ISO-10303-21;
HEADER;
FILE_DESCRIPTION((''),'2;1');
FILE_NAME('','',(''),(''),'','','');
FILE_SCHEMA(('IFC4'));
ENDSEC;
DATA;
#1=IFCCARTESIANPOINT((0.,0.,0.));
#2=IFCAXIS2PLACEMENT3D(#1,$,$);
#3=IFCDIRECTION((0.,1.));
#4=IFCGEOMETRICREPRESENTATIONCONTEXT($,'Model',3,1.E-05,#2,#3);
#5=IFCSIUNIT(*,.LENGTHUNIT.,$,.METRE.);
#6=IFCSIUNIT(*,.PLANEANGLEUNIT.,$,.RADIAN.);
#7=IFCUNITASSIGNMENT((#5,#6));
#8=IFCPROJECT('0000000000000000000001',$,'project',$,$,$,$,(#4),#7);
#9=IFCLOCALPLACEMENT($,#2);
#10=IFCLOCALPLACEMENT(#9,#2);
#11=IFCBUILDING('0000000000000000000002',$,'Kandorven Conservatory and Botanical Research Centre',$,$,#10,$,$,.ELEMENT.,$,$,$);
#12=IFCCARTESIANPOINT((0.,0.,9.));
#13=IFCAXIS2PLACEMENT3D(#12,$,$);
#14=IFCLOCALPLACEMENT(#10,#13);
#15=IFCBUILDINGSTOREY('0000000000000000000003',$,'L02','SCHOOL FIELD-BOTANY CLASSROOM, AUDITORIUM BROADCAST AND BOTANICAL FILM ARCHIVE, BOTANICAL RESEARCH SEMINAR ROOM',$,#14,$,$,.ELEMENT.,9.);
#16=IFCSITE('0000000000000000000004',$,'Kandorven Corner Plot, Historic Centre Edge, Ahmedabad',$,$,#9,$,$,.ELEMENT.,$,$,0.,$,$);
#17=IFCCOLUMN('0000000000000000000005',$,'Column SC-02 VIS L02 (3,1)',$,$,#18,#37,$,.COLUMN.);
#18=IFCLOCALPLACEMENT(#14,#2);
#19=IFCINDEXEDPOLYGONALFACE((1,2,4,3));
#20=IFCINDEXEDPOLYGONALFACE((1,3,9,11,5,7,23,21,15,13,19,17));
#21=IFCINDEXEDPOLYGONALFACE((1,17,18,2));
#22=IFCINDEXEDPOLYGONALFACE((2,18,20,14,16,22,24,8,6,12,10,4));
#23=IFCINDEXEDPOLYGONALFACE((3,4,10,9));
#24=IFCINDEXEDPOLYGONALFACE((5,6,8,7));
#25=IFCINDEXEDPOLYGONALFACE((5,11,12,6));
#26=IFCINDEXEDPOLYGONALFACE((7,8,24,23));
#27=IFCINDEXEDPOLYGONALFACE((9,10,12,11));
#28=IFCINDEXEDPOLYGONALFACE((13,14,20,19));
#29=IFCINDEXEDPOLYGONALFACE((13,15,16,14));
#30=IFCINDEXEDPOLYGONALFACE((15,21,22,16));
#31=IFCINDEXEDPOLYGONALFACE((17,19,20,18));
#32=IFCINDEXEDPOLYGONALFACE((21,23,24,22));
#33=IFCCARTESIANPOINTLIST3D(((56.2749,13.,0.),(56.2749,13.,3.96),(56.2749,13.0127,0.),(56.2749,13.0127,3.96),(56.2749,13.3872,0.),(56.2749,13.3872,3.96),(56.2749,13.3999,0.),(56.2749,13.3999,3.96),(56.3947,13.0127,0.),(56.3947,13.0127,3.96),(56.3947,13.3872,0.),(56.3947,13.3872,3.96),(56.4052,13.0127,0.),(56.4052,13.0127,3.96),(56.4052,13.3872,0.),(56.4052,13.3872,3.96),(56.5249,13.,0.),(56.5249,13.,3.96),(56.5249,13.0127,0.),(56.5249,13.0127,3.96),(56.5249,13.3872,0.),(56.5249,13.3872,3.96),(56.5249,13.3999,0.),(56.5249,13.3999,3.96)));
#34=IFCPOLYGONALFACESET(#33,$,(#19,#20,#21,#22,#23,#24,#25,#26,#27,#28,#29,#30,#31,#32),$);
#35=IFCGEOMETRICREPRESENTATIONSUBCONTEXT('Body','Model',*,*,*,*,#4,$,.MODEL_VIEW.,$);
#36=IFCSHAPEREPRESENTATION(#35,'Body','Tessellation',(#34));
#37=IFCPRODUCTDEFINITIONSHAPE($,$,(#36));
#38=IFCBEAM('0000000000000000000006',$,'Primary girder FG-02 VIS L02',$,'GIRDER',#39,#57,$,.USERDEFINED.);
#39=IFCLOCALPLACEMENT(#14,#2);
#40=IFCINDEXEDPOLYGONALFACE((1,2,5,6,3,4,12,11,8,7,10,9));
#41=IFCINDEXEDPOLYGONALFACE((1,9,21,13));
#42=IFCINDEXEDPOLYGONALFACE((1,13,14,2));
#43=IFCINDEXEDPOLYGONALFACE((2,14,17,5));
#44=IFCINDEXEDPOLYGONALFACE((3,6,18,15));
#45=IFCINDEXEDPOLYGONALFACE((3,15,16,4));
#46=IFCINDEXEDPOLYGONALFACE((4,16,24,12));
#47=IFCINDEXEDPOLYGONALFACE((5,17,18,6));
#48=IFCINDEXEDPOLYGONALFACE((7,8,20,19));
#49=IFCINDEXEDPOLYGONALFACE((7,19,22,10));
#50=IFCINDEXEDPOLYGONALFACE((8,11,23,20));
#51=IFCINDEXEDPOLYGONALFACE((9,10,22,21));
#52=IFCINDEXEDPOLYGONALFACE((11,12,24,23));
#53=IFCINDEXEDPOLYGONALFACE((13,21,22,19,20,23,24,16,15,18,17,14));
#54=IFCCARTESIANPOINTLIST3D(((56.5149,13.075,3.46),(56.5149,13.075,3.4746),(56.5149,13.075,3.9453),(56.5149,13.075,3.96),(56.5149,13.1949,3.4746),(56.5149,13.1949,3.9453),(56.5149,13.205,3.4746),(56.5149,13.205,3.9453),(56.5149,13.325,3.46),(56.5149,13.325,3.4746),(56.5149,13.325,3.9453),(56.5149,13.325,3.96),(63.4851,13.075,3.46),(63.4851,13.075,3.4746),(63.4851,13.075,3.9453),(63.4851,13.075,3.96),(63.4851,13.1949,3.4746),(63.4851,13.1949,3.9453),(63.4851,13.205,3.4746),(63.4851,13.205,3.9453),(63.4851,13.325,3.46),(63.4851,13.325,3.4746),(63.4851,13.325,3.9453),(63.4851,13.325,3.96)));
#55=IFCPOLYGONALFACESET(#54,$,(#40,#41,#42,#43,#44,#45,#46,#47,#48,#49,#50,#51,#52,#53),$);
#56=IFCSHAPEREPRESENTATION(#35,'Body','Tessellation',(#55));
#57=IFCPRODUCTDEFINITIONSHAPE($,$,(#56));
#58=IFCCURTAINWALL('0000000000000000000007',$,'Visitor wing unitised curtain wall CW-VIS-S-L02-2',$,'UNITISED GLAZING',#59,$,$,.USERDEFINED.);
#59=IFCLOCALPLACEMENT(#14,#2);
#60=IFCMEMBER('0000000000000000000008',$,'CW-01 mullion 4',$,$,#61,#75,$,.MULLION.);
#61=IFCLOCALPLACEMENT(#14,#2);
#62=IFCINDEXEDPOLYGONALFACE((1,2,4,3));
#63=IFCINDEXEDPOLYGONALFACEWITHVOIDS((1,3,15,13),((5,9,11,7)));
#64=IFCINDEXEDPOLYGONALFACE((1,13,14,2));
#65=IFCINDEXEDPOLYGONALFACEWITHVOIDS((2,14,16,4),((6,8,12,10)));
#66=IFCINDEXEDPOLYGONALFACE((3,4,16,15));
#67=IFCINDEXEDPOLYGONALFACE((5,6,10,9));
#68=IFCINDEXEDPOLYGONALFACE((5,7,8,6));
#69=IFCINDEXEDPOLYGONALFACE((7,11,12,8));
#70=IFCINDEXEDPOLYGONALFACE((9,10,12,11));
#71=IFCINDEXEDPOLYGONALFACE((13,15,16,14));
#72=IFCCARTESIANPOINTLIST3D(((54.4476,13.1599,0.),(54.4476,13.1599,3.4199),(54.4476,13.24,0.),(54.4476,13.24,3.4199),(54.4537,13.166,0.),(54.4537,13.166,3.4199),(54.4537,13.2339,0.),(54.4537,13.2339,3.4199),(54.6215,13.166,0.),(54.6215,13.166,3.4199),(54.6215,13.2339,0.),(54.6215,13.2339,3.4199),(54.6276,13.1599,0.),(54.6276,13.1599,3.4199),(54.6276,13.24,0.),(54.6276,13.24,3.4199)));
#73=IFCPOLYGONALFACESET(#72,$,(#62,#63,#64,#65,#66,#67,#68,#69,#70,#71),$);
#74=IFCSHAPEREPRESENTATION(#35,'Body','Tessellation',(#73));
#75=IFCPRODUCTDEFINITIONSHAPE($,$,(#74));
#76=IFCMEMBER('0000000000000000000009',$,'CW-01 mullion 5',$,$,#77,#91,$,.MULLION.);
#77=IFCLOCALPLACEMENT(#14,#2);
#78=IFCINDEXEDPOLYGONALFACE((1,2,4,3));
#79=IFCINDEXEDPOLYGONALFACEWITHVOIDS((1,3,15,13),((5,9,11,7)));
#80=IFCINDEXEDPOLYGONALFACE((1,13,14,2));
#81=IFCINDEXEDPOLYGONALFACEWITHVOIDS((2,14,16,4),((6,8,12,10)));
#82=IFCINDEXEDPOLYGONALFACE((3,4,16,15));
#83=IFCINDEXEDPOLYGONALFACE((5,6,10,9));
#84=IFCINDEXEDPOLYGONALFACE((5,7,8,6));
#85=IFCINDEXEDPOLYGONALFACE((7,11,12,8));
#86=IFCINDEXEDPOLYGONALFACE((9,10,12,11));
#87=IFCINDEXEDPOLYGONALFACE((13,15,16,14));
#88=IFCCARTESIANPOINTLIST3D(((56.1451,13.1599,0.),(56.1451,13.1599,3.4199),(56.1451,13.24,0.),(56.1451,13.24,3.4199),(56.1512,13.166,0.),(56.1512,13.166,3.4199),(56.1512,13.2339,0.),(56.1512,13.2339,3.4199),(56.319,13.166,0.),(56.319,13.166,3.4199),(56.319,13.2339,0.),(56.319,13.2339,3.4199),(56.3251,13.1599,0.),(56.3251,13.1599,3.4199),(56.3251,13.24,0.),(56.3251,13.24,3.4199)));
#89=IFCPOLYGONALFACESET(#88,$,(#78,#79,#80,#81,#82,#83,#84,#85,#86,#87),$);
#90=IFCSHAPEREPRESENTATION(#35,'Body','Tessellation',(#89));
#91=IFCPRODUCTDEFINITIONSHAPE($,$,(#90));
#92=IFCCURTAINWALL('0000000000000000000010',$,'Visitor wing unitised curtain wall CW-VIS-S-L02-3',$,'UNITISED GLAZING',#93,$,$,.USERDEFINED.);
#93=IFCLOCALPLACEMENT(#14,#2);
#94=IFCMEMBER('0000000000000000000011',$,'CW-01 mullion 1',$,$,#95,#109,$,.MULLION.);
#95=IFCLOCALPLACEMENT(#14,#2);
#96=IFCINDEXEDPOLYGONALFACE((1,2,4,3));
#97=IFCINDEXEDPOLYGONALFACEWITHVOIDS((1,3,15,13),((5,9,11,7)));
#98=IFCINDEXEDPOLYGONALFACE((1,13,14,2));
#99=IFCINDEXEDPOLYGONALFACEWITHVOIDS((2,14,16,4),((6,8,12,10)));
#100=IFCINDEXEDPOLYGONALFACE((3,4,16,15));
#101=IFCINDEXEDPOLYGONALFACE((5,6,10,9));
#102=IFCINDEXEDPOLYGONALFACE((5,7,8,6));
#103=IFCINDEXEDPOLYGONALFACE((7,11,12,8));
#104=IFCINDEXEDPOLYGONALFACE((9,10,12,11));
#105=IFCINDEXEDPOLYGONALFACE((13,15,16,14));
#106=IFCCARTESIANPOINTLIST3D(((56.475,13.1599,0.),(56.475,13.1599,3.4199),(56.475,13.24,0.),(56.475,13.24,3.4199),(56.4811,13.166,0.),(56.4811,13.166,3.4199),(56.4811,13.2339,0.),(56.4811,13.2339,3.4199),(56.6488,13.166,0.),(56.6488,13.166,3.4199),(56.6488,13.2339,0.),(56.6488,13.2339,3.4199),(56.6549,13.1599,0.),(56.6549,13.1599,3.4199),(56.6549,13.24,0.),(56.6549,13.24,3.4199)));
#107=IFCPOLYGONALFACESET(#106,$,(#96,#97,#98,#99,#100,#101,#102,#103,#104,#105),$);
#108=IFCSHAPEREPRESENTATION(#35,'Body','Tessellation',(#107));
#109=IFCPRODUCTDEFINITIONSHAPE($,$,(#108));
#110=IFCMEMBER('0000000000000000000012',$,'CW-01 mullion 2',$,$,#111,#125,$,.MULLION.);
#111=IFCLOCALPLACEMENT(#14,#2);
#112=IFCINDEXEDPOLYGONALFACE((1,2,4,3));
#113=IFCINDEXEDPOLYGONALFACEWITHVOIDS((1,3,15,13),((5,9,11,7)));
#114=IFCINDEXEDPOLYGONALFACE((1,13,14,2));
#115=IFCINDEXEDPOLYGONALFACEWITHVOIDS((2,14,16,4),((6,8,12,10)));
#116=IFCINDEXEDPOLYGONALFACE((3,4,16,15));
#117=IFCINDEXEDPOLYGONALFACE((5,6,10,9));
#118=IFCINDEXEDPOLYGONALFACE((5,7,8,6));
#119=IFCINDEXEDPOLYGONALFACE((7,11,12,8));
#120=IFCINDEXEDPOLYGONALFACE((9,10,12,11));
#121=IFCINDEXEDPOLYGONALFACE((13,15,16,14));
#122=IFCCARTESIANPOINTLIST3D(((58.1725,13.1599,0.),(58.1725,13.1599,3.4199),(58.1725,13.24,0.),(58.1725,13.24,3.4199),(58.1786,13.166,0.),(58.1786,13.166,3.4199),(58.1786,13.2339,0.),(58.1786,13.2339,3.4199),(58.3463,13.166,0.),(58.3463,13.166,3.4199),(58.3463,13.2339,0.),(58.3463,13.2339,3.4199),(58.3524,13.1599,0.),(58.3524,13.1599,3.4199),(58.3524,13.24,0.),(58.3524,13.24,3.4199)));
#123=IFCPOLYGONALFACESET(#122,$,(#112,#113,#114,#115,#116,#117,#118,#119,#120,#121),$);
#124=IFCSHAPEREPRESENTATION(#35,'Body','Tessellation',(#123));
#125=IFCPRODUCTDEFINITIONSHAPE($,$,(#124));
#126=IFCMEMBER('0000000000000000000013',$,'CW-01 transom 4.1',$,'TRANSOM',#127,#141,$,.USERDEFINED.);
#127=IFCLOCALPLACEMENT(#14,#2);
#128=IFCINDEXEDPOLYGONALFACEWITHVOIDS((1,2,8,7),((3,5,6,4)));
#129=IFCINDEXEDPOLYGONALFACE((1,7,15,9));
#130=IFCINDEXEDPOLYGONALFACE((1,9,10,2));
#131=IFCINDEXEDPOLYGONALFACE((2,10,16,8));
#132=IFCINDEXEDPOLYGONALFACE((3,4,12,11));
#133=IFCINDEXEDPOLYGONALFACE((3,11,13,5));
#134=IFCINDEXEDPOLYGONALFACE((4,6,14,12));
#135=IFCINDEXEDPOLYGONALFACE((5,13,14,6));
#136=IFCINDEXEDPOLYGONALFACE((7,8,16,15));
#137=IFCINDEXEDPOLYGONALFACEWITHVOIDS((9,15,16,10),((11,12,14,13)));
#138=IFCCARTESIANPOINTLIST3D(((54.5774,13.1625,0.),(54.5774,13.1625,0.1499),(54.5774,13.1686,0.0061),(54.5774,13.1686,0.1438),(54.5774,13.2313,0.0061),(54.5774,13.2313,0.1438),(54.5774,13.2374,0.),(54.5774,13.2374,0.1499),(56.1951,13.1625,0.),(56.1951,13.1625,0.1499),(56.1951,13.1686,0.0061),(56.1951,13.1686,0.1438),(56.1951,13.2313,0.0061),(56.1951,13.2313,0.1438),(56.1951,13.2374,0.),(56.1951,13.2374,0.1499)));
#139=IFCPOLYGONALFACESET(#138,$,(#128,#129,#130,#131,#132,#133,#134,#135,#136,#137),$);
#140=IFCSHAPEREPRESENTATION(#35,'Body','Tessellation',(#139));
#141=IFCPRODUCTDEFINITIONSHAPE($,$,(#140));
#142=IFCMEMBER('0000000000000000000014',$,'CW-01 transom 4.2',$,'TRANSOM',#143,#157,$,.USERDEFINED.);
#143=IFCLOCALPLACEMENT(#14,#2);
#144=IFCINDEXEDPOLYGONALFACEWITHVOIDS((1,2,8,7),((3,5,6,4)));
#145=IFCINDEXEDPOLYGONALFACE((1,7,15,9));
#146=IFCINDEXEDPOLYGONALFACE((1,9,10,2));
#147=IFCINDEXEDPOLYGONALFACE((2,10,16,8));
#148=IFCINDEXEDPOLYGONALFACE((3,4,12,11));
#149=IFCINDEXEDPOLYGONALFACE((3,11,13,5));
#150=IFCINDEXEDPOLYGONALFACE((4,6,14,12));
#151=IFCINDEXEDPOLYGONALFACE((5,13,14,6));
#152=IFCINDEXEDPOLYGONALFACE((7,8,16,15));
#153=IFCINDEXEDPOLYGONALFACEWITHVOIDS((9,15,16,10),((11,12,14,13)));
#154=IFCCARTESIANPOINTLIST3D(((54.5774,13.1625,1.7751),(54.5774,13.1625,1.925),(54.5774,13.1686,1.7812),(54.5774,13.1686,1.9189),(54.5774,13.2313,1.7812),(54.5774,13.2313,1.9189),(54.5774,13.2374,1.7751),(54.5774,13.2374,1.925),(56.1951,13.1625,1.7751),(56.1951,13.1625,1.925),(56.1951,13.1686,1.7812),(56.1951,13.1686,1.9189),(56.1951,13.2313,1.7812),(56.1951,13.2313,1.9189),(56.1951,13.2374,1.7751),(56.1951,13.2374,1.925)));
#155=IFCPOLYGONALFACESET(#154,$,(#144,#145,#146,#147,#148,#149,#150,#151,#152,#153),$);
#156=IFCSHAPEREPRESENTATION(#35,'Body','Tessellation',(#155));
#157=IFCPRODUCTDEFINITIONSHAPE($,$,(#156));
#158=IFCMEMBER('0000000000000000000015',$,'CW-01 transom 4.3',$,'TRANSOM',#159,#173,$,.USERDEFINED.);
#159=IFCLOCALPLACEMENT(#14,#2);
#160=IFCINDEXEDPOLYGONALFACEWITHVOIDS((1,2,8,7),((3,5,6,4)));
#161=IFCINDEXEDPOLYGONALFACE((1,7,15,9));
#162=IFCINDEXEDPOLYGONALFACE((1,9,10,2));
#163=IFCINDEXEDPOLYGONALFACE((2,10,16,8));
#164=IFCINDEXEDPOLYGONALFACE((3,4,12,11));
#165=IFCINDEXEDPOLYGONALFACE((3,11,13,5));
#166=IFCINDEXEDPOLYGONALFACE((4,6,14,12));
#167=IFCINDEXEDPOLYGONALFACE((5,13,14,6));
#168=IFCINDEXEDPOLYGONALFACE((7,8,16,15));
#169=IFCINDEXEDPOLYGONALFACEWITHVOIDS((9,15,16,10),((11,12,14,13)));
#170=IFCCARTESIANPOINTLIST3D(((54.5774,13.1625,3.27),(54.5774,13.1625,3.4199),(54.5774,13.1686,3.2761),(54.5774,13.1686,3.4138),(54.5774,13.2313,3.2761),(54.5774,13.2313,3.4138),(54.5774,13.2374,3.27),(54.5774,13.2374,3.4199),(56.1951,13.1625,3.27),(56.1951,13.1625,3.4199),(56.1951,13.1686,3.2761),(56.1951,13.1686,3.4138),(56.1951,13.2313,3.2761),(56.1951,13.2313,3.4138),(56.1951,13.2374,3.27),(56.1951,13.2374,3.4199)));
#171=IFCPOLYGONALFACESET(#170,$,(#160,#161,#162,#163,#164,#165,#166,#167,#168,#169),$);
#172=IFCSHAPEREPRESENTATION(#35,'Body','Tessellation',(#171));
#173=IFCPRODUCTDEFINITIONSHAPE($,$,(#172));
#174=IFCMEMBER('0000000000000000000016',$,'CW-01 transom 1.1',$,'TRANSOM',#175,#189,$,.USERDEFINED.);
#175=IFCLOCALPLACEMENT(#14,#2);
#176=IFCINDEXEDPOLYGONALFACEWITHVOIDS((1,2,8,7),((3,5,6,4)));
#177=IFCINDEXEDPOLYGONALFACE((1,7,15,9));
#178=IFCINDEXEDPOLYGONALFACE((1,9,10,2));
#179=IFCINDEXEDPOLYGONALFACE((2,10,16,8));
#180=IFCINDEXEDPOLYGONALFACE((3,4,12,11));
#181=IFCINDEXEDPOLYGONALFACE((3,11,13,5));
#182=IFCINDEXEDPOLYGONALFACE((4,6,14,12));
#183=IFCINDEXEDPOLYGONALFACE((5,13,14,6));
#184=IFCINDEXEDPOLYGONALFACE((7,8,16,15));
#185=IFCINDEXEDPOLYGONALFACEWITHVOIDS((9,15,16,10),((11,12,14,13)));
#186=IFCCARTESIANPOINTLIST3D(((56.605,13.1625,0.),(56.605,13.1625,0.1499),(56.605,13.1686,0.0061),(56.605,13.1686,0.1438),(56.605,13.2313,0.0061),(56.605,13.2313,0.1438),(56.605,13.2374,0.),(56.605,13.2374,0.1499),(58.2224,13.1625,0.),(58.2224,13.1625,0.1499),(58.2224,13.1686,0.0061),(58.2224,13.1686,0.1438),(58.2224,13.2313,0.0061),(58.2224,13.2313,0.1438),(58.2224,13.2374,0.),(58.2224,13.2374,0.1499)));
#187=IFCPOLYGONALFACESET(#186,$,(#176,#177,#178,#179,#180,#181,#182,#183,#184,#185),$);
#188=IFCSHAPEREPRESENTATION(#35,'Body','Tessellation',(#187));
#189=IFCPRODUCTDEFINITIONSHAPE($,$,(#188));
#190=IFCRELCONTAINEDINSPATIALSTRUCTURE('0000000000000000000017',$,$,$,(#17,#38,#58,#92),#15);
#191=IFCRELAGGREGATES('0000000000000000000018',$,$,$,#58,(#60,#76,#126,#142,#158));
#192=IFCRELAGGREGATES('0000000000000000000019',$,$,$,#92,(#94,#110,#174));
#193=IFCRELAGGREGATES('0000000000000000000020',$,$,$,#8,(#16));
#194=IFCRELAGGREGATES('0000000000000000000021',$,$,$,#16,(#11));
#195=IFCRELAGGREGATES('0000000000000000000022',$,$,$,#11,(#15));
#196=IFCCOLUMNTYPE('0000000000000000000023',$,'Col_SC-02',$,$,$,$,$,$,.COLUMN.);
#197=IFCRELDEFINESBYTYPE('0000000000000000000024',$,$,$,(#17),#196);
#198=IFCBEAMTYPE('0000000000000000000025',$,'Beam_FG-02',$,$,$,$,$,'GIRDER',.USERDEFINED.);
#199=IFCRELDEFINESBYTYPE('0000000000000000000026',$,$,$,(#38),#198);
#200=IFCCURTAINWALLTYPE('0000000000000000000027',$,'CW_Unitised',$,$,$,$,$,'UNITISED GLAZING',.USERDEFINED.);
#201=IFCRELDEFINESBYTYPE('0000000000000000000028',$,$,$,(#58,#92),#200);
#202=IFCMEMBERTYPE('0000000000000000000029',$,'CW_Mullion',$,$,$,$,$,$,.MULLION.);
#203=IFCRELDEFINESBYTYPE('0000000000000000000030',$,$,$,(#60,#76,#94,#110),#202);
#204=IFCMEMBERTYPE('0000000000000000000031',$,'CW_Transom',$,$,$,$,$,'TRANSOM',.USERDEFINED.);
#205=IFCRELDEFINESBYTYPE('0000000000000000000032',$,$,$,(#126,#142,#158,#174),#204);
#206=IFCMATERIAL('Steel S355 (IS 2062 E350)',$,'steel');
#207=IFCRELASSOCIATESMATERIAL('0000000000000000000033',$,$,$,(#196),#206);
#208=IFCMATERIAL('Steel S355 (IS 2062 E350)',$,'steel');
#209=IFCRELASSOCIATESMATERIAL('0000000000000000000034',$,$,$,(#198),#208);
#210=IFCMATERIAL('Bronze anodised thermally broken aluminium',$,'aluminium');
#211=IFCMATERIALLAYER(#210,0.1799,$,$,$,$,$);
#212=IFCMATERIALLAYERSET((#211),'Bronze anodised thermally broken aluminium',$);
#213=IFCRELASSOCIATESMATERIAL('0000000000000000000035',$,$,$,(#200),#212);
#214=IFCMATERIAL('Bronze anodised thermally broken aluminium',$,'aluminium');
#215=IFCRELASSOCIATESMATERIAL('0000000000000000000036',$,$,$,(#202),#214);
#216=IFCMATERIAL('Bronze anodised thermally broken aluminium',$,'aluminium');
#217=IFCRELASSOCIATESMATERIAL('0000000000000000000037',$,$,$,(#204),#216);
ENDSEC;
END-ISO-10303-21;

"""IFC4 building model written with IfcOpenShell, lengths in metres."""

from ifc_helpers import new_model, si_unit, direction, frame, origin, origin_2d, place, context, subcontext, project, spatial, hollow_rectangle, i_section, extrude, material, layer, layer_set, material_profile, profile_set, type_object, element, aggregate, save


model = new_model("IFC4")

# Units and contexts
model_context = context("Model", 3, precision=1e-05, world=origin(), true_north=direction((0.0, 1.0)))
body_context = subcontext(model_context, "Body", "Model", "MODEL_VIEW")
ifc_project = project(units=[si_unit("LENGTHUNIT", "METRE"), si_unit("PLANEANGLEUNIT", "RADIAN")], contexts=[model_context])

# Site, building, storey
site_placement = place(None, origin())
site = spatial("IfcSite", under=ifc_project, at=site_placement, Name="Kandorven Corner Plot, Historic Centre Edge, Ahmedabad", CompositionType="ELEMENT", RefElevation=0.0)
building_placement = place(site_placement, origin())
building = spatial("IfcBuilding", under=site, at=building_placement, Name="Kandorven Conservatory and Botanical Research Centre", CompositionType="ELEMENT")
storey_placement = place(building_placement, frame((0.0, 0.0, 9.0)))
storey = spatial("IfcBuildingStorey", under=building, at=storey_placement, Name="L02", Description="SCHOOL FIELD-BOTANY CLASSROOM, AUDITORIUM BROADCAST AND BOTANICAL FILM ARCHIVE, BOTANICAL RESEARCH SEMINAR ROOM", CompositionType="ELEMENT", Elevation=9.0)

# Column
ifc_material_1 = material(Name="Steel S355 (IS 2062 E350)", Category="steel")
ifc_material_profile_1 = material_profile(ifc_material_1, i_section(OverallWidth=0.25, OverallDepth=0.3999, WebThickness=0.0105, FlangeThickness=0.0127, at=origin_2d()))
ifc_profile_set_1 = profile_set([ifc_material_profile_1], Name="Steel S355 (IS 2062 E350)")
column_type = type_object("IfcColumnType", Name="Col_SC-02", PredefinedType="COLUMN", material=ifc_profile_set_1)
column_placement = place(storey_placement, frame((56.3999, 13.2, 0.0), z_axis=(0.0, 0.0, 1.0), x_axis=(1.0, 0.0, 0.0)))
element("IfcColumn", 1, at=column_placement, inside=storey, type_object=column_type, Name="Column SC-02 VIS L02 (3,1)", PredefinedType="COLUMN", context=body_context, shape_type="SweptSolid", body=[
    extrude(i_section(OverallWidth=0.25, OverallDepth=0.3999, WebThickness=0.0105, FlangeThickness=0.0127, at=origin_2d()), origin(), (0.0, 0.0, 1.0), 3.96),
])

# Beam
ifc_material_2 = material(Name="Steel S355 (IS 2062 E350)", Category="steel")
ifc_material_profile_2 = material_profile(ifc_material_2, i_section(OverallWidth=0.25, OverallDepth=0.5, WebThickness=0.01, FlangeThickness=0.0146, at=origin_2d()))
ifc_profile_set_2 = profile_set([ifc_material_profile_2], Name="Steel S355 (IS 2062 E350)")
beam_type = type_object("IfcBeamType", Name="Beam_FG-02", ElementType="GIRDER", PredefinedType="USERDEFINED", material=ifc_profile_set_2)
beam_placement = place(storey_placement, frame((56.5149, 13.2, 3.71), z_axis=(1.0, 0.0, 0.0), x_axis=(0.0, 1.0, 0.0)))
element("IfcBeam", 2, at=beam_placement, inside=storey, type_object=beam_type, Name="Primary girder FG-02 VIS L02", ObjectType="GIRDER", PredefinedType="USERDEFINED", context=body_context, shape_type="SweptSolid", body=[
    extrude(i_section(OverallWidth=0.25, OverallDepth=0.5, WebThickness=0.01, FlangeThickness=0.0146, at=origin_2d()), origin(), (0.0, 0.0, 1.0), 6.9702),
])

# Curtain walls, members
ifc_material_3 = material(Name="Bronze anodised thermally broken aluminium", Category="aluminium")
ifc_layer_1 = layer(ifc_material_3, 0.1799)
ifc_layer_set_1 = layer_set([ifc_layer_1], Name="Bronze anodised thermally broken aluminium")
curtain_wall_type = type_object("IfcCurtainWallType", Name="CW_Unitised", ElementType="UNITISED GLAZING", PredefinedType="USERDEFINED", material=ifc_layer_set_1)
curtain_wall_1_placement = place(storey_placement, origin())
curtain_wall_1 = element("IfcCurtainWall", 3, at=curtain_wall_1_placement, inside=storey, type_object=curtain_wall_type, Name="Visitor wing unitised curtain wall CW-VIS-S-L02-2", ObjectType="UNITISED GLAZING", PredefinedType="USERDEFINED")
ifc_material_4 = material(Name="Bronze anodised thermally broken aluminium", Category="aluminium")
ifc_material_profile_3 = material_profile(ifc_material_4, hollow_rectangle(XDim=0.0801, YDim=0.1799, WallThickness=0.0061, at=origin_2d()))
ifc_profile_set_3 = profile_set([ifc_material_profile_3], Name="Bronze anodised thermally broken aluminium")
member_type_1 = type_object("IfcMemberType", Name="CW_Mullion", PredefinedType="MULLION", material=ifc_profile_set_3)
member_1_placement = place(storey_placement, frame((54.5376, 13.2, 0.0), z_axis=(0.0, 0.0, 1.0), x_axis=(0.0, 1.0, 0.0)))
member_1 = element("IfcMember", 4, at=member_1_placement, type_object=member_type_1, Name="CW-01 mullion 4", PredefinedType="MULLION", context=body_context, shape_type="SweptSolid", body=[
    extrude(hollow_rectangle(XDim=0.0801, YDim=0.1799, WallThickness=0.0061, at=origin_2d()), origin(), (0.0, 0.0, 1.0), 3.4199),
])
member_2_placement = place(storey_placement, frame((56.2351, 13.2, 0.0), z_axis=(0.0, 0.0, 1.0), x_axis=(0.0, 1.0, 0.0)))
member_2 = element("IfcMember", 5, at=member_2_placement, type_object=member_type_1, Name="CW-01 mullion 5", PredefinedType="MULLION", context=body_context, shape_type="SweptSolid", body=[
    extrude(hollow_rectangle(XDim=0.0801, YDim=0.1799, WallThickness=0.0061, at=origin_2d()), origin(), (0.0, 0.0, 1.0), 3.4199),
])
curtain_wall_2_placement = place(storey_placement, origin())
curtain_wall_2 = element("IfcCurtainWall", 6, at=curtain_wall_2_placement, inside=storey, type_object=curtain_wall_type, Name="Visitor wing unitised curtain wall CW-VIS-S-L02-3", ObjectType="UNITISED GLAZING", PredefinedType="USERDEFINED")
member_3_placement = place(storey_placement, frame((56.5649, 13.2, 0.0), z_axis=(0.0, 0.0, 1.0), x_axis=(0.0, 1.0, 0.0)))
member_3 = element("IfcMember", 7, at=member_3_placement, type_object=member_type_1, Name="CW-01 mullion 1", PredefinedType="MULLION", context=body_context, shape_type="SweptSolid", body=[
    extrude(hollow_rectangle(XDim=0.0801, YDim=0.1799, WallThickness=0.0061, at=origin_2d()), origin(), (0.0, 0.0, 1.0), 3.4199),
])
member_4_placement = place(storey_placement, frame((58.2625, 13.2, 0.0), z_axis=(0.0, 0.0, 1.0), x_axis=(0.0, 1.0, 0.0)))
member_4 = element("IfcMember", 8, at=member_4_placement, type_object=member_type_1, Name="CW-01 mullion 2", PredefinedType="MULLION", context=body_context, shape_type="SweptSolid", body=[
    extrude(hollow_rectangle(XDim=0.0801, YDim=0.1799, WallThickness=0.0061, at=origin_2d()), origin(), (0.0, 0.0, 1.0), 3.4199),
])

# Members
ifc_material_5 = material(Name="Bronze anodised thermally broken aluminium", Category="aluminium")
ifc_material_profile_4 = material_profile(ifc_material_5, hollow_rectangle(XDim=0.075, YDim=0.1499, WallThickness=0.0061, at=origin_2d()))
ifc_profile_set_4 = profile_set([ifc_material_profile_4], Name="Bronze anodised thermally broken aluminium")
member_type_2 = type_object("IfcMemberType", Name="CW_Transom", ElementType="TRANSOM", PredefinedType="USERDEFINED", material=ifc_profile_set_4)
member_5_placement = place(storey_placement, frame((54.5774, 13.2, 0.075), z_axis=(1.0, 0.0, 0.0), x_axis=(0.0, 1.0, 0.0)))
member_5 = element("IfcMember", 9, at=member_5_placement, type_object=member_type_2, Name="CW-01 transom 4.1", ObjectType="TRANSOM", PredefinedType="USERDEFINED", context=body_context, shape_type="SweptSolid", body=[
    extrude(hollow_rectangle(XDim=0.075, YDim=0.1499, WallThickness=0.0061, at=origin_2d()), origin(), (0.0, 0.0, 1.0), 1.6177),
])
member_6_placement = place(storey_placement, frame((54.5774, 13.2, 1.8501), z_axis=(1.0, 0.0, 0.0), x_axis=(0.0, 1.0, 0.0)))
member_6 = element("IfcMember", 10, at=member_6_placement, type_object=member_type_2, Name="CW-01 transom 4.2", ObjectType="TRANSOM", PredefinedType="USERDEFINED", context=body_context, shape_type="SweptSolid", body=[
    extrude(hollow_rectangle(XDim=0.075, YDim=0.1499, WallThickness=0.0061, at=origin_2d()), origin(), (0.0, 0.0, 1.0), 1.6177),
])
member_7_placement = place(storey_placement, frame((54.5774, 13.2, 3.345), z_axis=(1.0, 0.0, 0.0), x_axis=(0.0, 1.0, 0.0)))
member_7 = element("IfcMember", 11, at=member_7_placement, type_object=member_type_2, Name="CW-01 transom 4.3", ObjectType="TRANSOM", PredefinedType="USERDEFINED", context=body_context, shape_type="SweptSolid", body=[
    extrude(hollow_rectangle(XDim=0.075, YDim=0.1499, WallThickness=0.0061, at=origin_2d()), origin(), (0.0, 0.0, 1.0), 1.6177),
])
member_8_placement = place(storey_placement, frame((56.605, 13.2, 0.075), z_axis=(1.0, 0.0, 0.0), x_axis=(0.0, 1.0, 0.0)))
member_8 = element("IfcMember", 12, at=member_8_placement, type_object=member_type_2, Name="CW-01 transom 1.1", ObjectType="TRANSOM", PredefinedType="USERDEFINED", context=body_context, shape_type="SweptSolid", body=[
    extrude(hollow_rectangle(XDim=0.075, YDim=0.1499, WallThickness=0.0061, at=origin_2d()), origin(), (0.0, 0.0, 1.0), 1.6174),
])

aggregate(curtain_wall_1, [member_1, member_2, member_5, member_6, member_7])
aggregate(curtain_wall_2, [member_3, member_4, member_8])

save(model, "model.ifc")
